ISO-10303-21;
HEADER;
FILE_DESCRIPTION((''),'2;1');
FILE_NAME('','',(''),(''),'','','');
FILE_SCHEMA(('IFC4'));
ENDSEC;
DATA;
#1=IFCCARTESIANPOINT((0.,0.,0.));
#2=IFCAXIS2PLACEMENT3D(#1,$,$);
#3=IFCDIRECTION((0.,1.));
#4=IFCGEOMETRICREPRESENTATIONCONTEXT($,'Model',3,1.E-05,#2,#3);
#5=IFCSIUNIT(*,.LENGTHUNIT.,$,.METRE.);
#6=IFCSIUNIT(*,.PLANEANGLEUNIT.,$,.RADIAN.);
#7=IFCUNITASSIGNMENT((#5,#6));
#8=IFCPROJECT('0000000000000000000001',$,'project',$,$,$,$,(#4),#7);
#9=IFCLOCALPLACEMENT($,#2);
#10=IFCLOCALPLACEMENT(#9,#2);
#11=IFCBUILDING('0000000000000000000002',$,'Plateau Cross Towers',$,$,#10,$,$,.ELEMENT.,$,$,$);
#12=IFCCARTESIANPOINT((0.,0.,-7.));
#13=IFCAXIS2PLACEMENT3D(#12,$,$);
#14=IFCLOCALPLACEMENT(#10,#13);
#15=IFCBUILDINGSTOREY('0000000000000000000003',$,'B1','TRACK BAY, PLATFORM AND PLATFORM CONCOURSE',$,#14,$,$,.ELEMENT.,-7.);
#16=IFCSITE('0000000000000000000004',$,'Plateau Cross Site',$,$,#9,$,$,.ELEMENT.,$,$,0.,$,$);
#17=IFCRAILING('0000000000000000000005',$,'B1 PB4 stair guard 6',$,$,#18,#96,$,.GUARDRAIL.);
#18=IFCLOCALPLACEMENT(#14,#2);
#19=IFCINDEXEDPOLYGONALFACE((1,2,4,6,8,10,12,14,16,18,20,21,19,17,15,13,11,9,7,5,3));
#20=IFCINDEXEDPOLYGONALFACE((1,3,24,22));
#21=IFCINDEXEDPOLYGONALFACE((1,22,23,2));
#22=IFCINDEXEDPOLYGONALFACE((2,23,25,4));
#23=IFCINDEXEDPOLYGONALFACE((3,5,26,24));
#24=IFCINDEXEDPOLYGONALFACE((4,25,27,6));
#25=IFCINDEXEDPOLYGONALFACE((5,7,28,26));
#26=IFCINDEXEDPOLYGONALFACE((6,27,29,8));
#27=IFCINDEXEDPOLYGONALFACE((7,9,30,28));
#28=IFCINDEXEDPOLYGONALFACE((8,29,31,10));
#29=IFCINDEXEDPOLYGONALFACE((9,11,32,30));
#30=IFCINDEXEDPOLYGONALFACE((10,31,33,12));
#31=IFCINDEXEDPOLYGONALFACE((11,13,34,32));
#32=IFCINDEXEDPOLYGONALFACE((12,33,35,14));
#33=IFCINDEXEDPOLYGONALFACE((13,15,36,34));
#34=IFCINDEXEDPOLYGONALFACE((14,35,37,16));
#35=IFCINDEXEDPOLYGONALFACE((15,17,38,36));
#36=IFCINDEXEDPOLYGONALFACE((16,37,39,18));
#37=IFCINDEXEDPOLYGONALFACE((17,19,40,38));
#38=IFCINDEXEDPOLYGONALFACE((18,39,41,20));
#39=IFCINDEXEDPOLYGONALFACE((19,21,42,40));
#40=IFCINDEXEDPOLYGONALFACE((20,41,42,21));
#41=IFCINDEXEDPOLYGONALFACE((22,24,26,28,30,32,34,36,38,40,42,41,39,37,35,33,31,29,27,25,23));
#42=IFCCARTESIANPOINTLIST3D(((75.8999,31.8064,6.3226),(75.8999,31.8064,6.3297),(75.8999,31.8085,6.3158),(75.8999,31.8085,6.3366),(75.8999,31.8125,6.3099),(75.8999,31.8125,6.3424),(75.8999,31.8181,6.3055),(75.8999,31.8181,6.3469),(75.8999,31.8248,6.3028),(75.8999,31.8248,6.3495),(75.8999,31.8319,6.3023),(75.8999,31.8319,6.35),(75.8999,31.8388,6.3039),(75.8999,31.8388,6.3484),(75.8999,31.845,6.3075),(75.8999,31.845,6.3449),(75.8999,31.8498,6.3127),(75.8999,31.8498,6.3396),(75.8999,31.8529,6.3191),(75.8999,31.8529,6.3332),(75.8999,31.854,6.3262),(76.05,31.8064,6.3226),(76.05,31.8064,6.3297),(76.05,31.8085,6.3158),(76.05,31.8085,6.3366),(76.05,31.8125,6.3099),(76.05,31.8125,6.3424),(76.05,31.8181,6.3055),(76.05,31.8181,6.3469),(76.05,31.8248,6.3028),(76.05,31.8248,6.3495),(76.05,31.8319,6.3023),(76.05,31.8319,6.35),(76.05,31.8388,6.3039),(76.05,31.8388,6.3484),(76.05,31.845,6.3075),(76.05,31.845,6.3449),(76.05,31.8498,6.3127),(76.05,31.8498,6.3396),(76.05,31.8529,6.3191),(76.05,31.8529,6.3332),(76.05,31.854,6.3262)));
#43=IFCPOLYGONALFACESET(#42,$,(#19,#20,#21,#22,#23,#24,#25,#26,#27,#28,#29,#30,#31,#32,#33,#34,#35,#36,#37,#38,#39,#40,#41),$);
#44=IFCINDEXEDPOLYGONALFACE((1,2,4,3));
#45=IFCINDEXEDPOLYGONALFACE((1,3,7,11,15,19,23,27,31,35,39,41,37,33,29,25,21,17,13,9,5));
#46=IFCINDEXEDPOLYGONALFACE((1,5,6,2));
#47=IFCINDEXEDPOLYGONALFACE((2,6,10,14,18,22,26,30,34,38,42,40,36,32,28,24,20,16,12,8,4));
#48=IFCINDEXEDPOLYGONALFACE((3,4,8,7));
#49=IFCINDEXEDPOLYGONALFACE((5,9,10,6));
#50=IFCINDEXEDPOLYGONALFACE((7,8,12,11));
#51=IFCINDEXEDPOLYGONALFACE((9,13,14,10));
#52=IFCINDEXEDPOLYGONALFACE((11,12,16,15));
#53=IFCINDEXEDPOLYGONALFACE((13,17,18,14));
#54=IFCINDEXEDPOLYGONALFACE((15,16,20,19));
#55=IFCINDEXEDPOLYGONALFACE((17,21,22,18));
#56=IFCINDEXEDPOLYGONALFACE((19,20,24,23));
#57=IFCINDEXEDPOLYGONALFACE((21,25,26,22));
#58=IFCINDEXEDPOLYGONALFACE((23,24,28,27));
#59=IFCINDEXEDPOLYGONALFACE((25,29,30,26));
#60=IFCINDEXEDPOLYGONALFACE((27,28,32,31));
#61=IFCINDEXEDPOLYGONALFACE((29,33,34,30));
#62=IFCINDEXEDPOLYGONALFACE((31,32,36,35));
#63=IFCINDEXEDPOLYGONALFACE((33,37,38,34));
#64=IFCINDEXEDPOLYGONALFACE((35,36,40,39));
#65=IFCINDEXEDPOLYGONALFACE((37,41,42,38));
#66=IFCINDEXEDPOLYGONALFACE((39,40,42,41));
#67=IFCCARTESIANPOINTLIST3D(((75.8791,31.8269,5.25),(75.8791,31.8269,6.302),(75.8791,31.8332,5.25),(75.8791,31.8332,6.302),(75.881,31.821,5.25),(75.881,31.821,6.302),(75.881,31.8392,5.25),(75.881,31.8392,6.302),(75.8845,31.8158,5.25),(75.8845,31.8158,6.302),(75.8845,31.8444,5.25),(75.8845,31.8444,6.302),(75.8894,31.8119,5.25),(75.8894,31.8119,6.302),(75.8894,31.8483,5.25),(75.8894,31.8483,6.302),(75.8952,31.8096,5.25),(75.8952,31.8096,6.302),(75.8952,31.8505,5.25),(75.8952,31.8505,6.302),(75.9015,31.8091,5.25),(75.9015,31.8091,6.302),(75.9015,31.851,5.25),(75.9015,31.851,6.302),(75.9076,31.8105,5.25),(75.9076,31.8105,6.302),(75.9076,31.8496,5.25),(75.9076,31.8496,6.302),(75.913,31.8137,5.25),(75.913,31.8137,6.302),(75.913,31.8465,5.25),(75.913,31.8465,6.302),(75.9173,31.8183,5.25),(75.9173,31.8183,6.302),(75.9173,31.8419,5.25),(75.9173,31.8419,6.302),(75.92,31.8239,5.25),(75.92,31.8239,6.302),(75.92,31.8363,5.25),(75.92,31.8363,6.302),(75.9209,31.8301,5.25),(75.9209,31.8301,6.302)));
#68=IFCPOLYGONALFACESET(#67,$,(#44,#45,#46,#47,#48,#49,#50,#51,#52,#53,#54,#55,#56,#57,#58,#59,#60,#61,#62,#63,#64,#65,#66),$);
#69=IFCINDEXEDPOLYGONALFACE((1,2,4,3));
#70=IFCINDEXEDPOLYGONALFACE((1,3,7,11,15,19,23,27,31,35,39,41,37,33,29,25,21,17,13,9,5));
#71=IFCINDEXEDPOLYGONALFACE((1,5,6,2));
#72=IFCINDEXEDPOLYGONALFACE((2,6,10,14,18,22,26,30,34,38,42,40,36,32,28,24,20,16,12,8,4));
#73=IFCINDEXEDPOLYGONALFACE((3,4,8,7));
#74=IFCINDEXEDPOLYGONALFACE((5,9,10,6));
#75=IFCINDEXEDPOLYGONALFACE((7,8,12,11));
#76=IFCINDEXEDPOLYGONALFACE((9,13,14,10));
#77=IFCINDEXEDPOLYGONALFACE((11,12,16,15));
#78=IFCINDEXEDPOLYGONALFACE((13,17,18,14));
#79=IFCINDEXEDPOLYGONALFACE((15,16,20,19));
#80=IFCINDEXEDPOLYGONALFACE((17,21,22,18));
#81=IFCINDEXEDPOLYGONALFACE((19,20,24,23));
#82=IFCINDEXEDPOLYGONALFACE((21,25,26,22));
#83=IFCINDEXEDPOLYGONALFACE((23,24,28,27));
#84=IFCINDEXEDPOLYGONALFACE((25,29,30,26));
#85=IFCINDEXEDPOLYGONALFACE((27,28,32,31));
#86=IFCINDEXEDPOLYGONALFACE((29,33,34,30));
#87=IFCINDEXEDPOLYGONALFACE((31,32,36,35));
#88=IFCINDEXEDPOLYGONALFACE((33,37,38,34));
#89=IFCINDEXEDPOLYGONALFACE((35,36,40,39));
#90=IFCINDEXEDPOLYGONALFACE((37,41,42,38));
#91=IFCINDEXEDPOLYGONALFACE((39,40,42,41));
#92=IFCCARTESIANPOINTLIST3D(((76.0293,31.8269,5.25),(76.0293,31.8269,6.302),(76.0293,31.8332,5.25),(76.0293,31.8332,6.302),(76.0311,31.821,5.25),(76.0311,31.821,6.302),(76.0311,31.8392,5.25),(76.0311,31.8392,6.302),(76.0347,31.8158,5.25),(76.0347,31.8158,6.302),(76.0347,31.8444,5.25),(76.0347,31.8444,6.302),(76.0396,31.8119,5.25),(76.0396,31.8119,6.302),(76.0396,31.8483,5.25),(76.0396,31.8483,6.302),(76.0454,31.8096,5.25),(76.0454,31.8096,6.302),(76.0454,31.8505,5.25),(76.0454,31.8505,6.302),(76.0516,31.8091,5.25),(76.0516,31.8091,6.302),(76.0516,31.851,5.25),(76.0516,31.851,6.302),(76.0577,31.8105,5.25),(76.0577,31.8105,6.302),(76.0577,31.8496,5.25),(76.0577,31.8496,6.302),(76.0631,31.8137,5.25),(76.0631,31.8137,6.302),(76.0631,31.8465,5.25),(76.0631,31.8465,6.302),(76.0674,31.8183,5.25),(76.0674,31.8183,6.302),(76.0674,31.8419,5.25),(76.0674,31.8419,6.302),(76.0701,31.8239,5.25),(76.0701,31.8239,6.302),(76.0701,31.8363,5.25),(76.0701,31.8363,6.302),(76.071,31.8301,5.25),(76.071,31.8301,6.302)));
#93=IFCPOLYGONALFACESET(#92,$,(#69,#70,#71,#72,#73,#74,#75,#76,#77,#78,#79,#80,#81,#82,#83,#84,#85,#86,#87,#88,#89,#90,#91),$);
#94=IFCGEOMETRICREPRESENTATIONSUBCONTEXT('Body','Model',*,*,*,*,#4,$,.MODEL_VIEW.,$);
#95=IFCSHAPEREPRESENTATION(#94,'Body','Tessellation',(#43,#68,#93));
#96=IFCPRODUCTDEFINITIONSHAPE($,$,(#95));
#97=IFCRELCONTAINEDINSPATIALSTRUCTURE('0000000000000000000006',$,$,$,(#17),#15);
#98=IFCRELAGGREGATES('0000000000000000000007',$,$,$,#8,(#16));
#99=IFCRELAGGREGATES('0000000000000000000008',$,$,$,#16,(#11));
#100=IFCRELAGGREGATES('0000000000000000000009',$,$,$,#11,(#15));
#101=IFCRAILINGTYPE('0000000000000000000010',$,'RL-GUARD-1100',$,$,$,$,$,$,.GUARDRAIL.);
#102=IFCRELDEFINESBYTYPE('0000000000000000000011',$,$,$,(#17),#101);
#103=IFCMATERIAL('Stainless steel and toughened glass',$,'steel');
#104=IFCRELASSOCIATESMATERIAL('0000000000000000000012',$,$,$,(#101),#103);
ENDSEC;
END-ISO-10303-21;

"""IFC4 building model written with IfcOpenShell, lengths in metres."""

from ifc_helpers import new_model, si_unit, direction, frame, origin, origin_2d, place, context, subcontext, project, spatial, circle, extrude, material, type_object, element, save


model = new_model("IFC4")

# Units and contexts
model_context = context("Model", 3, precision=1e-05, world=origin(), true_north=direction((0.0, 1.0)))
body_context = subcontext(model_context, "Body", "Model", "MODEL_VIEW")
ifc_project = project(units=[si_unit("LENGTHUNIT", "METRE"), si_unit("PLANEANGLEUNIT", "RADIAN")], contexts=[model_context])

# Site, building, storey
site_placement = place(None, origin())
site = spatial("IfcSite", under=ifc_project, at=site_placement, Name="Plateau Cross Site", CompositionType="ELEMENT", RefElevation=0.0)
building_placement = place(site_placement, origin())
building = spatial("IfcBuilding", under=site, at=building_placement, Name="Plateau Cross Towers", CompositionType="ELEMENT")
storey_placement = place(building_placement, frame((0.0, 0.0, -7.0)))
storey = spatial("IfcBuildingStorey", under=building, at=storey_placement, Name="B1", Description="TRACK BAY, PLATFORM AND PLATFORM CONCOURSE", CompositionType="ELEMENT", Elevation=-7.0)

# Railing
ifc_material_1 = material(Name="Stainless steel and toughened glass", Category="steel")
railing_type_1 = type_object("IfcRailingType", Name="RL-GUARD-1100", PredefinedType="GUARDRAIL", material=ifc_material_1)
railing_1_placement = place(storey_placement, frame((75.8999, 31.8301, 5.25)))
element("IfcRailing", 1, at=railing_1_placement, inside=storey, type_object=railing_type_1, Name="B1 PB4 stair guard 6", PredefinedType="GUARDRAIL", context=body_context, shape_type="SweptSolid", body=[
    extrude(circle(Radius=0.0239, at=origin_2d()), frame((0.0, 0.0, 1.0762), z_axis=(1.0, 0.0, 0.0), x_axis=(0.0, 1.0, 0.0)), (0.0, 0.0, 1.0), 0.1501),
    extrude(circle(Radius=0.021, at=origin_2d()), origin(), (0.0, 0.0, 1.0), 1.052),
    extrude(circle(Radius=0.021, at=origin_2d()), frame((0.1501, 0.0, 0.0)), (0.0, 0.0, 1.0), 1.052),
])

save(model, "model.ifc")
